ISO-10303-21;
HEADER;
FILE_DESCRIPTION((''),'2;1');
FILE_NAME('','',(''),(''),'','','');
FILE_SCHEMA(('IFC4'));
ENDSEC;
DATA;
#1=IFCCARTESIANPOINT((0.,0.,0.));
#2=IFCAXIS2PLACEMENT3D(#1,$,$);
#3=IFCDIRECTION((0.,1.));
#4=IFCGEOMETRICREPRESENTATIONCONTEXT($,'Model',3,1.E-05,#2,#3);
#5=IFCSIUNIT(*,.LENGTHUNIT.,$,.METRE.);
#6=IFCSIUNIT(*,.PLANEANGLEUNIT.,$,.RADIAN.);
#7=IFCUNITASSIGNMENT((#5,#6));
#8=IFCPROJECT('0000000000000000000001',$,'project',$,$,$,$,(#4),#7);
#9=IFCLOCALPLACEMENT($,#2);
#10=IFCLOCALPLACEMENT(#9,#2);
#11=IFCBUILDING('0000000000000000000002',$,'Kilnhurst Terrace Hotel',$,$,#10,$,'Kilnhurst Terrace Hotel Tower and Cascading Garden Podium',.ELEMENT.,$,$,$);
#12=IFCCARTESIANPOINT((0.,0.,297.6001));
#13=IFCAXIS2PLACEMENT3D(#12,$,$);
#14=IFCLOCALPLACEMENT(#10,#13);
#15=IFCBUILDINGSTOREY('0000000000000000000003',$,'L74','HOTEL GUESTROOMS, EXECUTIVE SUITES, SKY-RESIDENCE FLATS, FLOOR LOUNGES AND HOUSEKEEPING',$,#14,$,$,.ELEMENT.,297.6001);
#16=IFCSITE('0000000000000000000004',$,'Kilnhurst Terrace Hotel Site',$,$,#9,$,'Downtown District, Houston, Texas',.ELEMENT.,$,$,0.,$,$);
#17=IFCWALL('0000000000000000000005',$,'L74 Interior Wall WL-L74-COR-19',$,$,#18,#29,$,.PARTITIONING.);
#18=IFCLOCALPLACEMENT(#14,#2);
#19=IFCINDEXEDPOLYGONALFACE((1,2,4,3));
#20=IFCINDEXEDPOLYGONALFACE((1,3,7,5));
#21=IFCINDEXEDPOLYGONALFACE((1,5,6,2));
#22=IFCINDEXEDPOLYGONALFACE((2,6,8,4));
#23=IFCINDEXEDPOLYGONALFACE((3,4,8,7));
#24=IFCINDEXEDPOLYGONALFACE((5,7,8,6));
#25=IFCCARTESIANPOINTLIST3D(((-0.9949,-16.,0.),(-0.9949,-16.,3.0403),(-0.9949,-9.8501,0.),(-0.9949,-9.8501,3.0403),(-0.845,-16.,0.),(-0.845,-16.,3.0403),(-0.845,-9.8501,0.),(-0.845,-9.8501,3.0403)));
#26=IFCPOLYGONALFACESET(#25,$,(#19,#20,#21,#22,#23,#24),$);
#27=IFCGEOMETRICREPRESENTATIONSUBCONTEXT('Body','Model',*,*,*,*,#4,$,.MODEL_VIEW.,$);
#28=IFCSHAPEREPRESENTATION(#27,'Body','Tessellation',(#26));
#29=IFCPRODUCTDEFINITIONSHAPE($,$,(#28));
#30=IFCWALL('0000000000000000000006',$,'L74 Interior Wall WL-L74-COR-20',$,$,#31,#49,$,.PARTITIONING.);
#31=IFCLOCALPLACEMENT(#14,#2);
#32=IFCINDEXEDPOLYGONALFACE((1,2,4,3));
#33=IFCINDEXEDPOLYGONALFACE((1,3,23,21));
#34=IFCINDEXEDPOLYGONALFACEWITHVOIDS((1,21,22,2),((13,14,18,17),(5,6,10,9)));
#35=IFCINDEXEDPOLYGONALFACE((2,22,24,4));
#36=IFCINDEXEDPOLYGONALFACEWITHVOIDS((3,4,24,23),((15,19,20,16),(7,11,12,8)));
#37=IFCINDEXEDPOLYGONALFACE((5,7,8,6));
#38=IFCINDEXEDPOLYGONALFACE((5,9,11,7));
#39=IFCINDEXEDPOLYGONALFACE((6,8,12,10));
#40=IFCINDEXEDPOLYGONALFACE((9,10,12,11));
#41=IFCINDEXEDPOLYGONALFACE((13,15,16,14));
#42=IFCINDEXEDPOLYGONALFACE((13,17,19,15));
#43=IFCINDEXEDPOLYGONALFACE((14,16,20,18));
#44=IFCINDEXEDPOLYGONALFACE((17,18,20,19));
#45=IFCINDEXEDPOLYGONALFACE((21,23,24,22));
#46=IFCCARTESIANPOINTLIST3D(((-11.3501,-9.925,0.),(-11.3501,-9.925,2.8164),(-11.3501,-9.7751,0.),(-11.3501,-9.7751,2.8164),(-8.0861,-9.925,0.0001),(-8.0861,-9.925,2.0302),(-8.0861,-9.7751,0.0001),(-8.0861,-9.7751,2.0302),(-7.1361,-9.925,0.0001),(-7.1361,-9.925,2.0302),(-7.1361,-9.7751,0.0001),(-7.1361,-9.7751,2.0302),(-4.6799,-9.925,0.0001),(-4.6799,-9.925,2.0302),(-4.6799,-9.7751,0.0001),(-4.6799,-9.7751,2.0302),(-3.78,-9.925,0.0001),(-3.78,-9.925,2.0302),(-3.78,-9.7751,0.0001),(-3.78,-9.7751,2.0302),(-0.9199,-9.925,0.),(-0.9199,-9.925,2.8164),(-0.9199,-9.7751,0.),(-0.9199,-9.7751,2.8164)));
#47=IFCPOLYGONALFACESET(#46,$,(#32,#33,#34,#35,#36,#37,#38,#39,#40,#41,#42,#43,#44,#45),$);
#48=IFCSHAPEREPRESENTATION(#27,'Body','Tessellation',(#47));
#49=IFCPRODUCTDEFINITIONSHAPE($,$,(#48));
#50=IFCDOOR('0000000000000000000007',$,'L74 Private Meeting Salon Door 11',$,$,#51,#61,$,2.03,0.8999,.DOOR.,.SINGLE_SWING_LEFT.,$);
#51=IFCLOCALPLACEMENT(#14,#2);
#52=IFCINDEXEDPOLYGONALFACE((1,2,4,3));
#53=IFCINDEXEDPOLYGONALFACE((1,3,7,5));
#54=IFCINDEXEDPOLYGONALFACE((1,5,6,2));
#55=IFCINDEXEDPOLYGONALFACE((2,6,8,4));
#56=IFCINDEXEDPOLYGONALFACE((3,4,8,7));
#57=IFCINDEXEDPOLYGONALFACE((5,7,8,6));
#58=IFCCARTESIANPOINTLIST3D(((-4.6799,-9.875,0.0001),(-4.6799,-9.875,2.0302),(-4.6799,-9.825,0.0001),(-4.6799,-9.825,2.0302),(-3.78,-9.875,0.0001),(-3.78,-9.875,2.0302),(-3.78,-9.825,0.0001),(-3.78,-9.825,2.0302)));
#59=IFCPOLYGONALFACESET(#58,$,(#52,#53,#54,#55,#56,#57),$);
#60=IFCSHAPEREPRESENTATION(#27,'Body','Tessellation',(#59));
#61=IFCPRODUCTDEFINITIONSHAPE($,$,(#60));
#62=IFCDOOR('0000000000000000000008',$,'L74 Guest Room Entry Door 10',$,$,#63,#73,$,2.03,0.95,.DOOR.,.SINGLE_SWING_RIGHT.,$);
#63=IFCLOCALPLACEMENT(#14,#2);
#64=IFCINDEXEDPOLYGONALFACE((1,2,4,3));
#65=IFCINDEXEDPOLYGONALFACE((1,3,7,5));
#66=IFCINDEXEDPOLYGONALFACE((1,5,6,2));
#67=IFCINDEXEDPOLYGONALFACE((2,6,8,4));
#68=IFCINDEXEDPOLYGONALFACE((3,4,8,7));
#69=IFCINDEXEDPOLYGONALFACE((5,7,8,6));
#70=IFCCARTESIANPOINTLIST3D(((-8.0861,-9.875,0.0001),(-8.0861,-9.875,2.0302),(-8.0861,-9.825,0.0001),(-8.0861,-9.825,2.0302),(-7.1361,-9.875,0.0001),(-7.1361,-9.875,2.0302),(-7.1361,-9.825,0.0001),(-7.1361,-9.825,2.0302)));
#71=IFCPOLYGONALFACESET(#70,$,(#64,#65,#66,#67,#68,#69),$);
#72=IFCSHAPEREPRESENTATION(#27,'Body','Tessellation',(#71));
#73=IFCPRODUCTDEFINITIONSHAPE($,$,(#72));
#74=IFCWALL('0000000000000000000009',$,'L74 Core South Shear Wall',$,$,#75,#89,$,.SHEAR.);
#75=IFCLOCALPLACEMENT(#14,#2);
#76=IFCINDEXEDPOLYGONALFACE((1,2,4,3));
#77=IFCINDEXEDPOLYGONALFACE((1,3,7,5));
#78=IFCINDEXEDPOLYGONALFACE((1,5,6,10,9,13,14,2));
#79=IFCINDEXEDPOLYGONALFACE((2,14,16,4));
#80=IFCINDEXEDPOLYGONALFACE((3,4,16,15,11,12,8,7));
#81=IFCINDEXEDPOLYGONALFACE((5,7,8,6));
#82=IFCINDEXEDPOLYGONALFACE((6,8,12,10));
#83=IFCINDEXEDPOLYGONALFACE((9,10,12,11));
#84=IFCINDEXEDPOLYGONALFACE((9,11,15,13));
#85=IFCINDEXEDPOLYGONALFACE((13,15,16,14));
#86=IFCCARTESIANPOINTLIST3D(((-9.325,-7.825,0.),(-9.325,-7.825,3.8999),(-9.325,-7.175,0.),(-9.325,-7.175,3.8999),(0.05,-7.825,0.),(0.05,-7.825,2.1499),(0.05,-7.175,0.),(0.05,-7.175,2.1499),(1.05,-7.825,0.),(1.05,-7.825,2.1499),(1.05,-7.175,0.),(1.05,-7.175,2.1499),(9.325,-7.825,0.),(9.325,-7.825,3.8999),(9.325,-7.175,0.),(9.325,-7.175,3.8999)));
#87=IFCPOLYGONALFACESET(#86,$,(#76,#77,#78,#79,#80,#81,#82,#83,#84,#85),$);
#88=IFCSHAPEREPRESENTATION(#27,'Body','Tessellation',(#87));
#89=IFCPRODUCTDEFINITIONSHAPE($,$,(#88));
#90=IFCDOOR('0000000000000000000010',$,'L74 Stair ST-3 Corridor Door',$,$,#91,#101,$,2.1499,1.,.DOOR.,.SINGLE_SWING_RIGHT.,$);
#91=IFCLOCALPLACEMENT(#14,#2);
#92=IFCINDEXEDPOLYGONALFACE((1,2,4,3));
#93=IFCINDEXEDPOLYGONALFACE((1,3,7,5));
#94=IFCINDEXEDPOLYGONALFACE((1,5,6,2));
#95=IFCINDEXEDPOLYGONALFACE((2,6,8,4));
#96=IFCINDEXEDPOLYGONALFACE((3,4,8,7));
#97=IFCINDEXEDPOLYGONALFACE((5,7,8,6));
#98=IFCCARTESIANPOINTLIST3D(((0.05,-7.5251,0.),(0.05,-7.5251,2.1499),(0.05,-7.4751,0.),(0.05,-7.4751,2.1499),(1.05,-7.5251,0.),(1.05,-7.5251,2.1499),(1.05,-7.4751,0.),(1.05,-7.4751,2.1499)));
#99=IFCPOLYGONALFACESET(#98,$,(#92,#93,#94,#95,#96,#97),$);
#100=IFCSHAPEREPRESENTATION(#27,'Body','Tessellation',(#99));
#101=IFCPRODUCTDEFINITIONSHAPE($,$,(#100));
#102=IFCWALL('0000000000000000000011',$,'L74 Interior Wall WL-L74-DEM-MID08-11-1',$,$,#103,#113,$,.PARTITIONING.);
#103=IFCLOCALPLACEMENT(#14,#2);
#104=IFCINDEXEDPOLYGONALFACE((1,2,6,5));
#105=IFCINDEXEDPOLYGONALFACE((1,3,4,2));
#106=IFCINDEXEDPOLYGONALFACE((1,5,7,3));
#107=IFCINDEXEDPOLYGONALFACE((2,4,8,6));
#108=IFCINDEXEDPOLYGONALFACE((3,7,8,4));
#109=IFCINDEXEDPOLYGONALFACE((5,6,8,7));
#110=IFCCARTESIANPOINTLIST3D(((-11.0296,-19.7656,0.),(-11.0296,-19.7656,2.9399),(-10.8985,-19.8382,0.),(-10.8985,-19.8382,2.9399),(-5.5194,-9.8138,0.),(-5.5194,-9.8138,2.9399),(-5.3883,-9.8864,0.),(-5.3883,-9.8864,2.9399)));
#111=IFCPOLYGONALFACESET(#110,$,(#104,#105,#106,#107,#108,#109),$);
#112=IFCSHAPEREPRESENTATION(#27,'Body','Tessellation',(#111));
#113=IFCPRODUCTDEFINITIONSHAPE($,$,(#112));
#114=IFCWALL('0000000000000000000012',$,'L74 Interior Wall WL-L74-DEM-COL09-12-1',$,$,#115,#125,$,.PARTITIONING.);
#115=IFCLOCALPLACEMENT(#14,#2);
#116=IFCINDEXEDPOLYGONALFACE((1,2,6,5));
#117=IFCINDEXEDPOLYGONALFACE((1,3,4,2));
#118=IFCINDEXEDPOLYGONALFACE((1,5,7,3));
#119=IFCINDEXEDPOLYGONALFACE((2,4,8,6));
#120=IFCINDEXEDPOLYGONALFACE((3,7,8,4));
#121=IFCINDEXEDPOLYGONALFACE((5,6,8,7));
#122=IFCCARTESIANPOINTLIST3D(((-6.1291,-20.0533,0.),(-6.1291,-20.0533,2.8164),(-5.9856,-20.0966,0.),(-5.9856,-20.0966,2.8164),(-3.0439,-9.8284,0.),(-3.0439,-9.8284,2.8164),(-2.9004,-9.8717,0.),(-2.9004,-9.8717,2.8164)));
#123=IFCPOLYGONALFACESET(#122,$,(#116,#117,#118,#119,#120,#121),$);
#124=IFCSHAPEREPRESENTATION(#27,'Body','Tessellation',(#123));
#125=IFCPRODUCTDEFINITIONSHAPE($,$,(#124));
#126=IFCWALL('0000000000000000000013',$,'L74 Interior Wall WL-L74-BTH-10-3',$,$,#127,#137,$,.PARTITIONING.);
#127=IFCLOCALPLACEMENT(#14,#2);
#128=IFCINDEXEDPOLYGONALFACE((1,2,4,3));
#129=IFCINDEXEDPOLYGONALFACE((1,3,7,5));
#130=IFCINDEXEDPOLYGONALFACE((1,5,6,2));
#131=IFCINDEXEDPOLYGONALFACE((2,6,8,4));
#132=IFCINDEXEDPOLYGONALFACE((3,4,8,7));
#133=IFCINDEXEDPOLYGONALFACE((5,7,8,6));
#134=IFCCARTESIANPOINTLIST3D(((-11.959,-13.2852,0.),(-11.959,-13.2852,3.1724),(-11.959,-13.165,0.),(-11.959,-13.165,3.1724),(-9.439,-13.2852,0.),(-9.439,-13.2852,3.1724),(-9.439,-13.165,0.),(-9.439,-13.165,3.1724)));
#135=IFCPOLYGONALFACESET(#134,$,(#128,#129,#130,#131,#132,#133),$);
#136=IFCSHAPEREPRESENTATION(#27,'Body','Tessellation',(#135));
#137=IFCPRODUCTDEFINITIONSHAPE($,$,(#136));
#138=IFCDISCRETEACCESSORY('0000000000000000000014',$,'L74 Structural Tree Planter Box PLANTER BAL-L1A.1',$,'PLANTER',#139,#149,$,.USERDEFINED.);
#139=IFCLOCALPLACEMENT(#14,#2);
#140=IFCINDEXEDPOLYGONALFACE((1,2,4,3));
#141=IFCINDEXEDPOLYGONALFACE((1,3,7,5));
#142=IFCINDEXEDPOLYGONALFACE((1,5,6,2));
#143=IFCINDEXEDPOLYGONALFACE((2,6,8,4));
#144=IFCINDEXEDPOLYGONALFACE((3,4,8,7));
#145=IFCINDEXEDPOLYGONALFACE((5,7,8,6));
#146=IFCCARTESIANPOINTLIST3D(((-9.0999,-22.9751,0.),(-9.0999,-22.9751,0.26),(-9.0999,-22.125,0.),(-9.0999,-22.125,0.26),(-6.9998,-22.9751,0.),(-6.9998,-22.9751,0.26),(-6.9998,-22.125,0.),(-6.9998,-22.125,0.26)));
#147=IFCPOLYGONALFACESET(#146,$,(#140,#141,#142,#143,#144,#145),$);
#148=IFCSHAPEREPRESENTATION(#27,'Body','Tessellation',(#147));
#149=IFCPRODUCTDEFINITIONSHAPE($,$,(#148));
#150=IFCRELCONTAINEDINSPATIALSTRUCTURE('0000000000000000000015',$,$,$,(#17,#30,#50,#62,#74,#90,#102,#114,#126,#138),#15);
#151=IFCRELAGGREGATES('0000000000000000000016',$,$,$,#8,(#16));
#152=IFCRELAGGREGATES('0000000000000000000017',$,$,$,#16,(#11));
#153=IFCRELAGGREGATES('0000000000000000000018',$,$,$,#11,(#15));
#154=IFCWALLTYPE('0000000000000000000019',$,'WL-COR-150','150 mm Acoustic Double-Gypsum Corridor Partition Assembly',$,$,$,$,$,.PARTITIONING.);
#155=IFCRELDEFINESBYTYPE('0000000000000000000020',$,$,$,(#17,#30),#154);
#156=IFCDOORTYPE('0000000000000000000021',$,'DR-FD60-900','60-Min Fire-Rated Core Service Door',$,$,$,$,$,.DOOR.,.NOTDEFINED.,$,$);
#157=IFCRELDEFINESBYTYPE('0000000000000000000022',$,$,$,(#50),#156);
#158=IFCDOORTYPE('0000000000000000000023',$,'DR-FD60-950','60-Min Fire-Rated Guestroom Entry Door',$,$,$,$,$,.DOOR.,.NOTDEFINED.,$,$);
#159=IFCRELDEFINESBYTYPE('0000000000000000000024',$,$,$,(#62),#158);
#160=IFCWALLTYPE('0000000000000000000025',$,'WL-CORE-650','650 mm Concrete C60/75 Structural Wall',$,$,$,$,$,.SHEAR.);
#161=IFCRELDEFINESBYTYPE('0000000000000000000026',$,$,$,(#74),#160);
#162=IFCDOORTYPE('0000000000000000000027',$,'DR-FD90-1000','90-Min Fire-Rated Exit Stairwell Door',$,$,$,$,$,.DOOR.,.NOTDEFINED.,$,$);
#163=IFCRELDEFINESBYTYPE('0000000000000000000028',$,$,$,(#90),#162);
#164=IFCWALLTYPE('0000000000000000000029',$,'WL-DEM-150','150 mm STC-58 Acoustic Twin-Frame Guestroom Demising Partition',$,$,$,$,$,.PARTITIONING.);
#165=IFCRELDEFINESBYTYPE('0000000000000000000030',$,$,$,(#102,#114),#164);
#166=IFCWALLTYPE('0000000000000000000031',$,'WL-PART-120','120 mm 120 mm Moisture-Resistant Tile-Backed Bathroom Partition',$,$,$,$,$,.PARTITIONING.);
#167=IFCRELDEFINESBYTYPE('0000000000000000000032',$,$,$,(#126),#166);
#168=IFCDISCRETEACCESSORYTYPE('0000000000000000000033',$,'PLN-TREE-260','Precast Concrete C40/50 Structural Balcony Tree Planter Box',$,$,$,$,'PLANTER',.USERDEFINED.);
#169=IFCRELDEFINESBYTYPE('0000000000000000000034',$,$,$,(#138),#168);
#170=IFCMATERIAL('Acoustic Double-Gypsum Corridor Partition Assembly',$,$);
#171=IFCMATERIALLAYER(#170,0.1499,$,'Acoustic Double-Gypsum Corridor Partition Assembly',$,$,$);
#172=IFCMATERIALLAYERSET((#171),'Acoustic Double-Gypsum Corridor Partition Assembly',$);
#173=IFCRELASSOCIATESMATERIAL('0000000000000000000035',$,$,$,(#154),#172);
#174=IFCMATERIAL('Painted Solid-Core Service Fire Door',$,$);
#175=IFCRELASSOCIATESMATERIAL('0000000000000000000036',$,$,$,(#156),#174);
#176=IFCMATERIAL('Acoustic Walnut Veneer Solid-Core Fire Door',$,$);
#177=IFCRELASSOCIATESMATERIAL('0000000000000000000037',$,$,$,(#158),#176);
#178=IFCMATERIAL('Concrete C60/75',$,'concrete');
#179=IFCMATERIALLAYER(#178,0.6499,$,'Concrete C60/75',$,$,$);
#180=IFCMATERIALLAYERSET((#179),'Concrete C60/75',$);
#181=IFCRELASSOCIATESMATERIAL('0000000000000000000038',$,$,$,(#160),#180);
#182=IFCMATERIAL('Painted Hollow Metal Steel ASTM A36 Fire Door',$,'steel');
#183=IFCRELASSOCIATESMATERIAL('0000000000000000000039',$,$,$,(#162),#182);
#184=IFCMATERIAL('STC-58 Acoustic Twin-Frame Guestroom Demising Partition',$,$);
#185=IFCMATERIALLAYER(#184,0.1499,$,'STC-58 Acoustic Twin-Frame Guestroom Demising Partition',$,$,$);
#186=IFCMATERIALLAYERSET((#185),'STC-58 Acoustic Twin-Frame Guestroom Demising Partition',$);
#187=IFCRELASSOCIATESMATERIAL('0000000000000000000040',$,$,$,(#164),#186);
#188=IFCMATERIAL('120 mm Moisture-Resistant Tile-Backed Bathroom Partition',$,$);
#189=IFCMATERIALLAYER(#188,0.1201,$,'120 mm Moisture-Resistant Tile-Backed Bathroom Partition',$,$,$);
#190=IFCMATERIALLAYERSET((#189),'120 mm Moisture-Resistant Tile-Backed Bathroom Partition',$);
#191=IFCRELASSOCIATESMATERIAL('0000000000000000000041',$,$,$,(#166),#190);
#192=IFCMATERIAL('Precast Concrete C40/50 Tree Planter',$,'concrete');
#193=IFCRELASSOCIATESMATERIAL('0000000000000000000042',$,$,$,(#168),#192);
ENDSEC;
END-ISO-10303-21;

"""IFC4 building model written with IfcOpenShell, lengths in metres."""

from ifc_helpers import new_model, si_unit, direction, frame, frame_2d, origin, origin_2d, place, context, subcontext, project, spatial, rectangle, extrude, material, layer, layer_set, type_object, element, fill, save


model = new_model("IFC4")

# Units and contexts
model_context = context("Model", 3, precision=1e-05, world=origin(), true_north=direction((0.0, 1.0)))
body_context = subcontext(model_context, "Body", "Model", "MODEL_VIEW")
ifc_project = project(units=[si_unit("LENGTHUNIT", "METRE"), si_unit("PLANEANGLEUNIT", "RADIAN")], contexts=[model_context])

# Site, building, storey
site_placement = place(None, origin())
site = spatial("IfcSite", under=ifc_project, at=site_placement, Name="Kilnhurst Terrace Hotel Site", LongName="Downtown District, Houston, Texas", CompositionType="ELEMENT", RefElevation=0.0)
building_placement = place(site_placement, origin())
building = spatial("IfcBuilding", under=site, at=building_placement, Name="Kilnhurst Terrace Hotel", LongName="Kilnhurst Terrace Hotel Tower and Cascading Garden Podium", CompositionType="ELEMENT")
storey_placement = place(building_placement, frame((0.0, 0.0, 297.6001)))
storey = spatial("IfcBuildingStorey", under=building, at=storey_placement, Name="L74", Description="HOTEL GUESTROOMS, EXECUTIVE SUITES, SKY-RESIDENCE FLATS, FLOOR LOUNGES AND HOUSEKEEPING", CompositionType="ELEMENT", Elevation=297.6001)

# Shared definitions
ifc_material_1 = material(Name="Concrete C60/75", Category="concrete")

# Wall
ifc_material_2 = material(Name="Acoustic Double-Gypsum Corridor Partition Assembly")
ifc_layer_1 = layer(ifc_material_2, 0.1499, Name="Acoustic Double-Gypsum Corridor Partition Assembly")
ifc_layer_set_1 = layer_set([ifc_layer_1], Name="Acoustic Double-Gypsum Corridor Partition Assembly")
wall_type_1 = type_object("IfcWallType", Name="WL-COR-150", Description="150 mm Acoustic Double-Gypsum Corridor Partition Assembly", PredefinedType="PARTITIONING", material=ifc_layer_set_1)
wall_1_placement = place(storey_placement, frame((-0.9199, -16.0, 0.0), z_axis=(0.0, 0.0, 1.0), x_axis=(0.0, 1.0, 0.0)))
element("IfcWall", 1, at=wall_1_placement, inside=storey, type_object=wall_type_1, Name="L74 Interior Wall WL-L74-COR-19", PredefinedType="PARTITIONING", context=body_context, shape_type="SweptSolid", body=[
    extrude(rectangle(XDim=6.1499, YDim=0.1499, at=frame_2d((3.075, 0.0))), origin(), (0.0, 0.0, 1.0), 3.0403),
])

# Wall, openings, doors
wall_2_placement = place(storey_placement, frame((-0.9199, -9.8501, 0.0), z_axis=(0.0, 0.0, 1.0), x_axis=(-1.0, 0.0, 0.0)))
wall_2 = element("IfcWall", 2, at=wall_2_placement, inside=storey, type_object=wall_type_1, Name="L74 Interior Wall WL-L74-COR-20", PredefinedType="PARTITIONING", context=body_context, shape_type="SweptSolid", body=[
    extrude(rectangle(XDim=10.4302, YDim=0.1499, at=frame_2d((5.2151, 0.0))), origin(), (0.0, 0.0, 1.0), 2.8164),
])
opening_1_placement = place(wall_2_placement, frame((6.2161, 0.0, 0.0)))
opening_1 = element("IfcOpeningElement", 3, at=opening_1_placement, cuts=wall_2, PredefinedType="OPENING", context=body_context, shape_type="SweptSolid", body=[
    extrude(rectangle(XDim=0.95, YDim=2.03, at=frame_2d((0.4751, 1.0151))), frame((0.0, 0.085, 0.0), z_axis=(0.0, -1.0, 0.0), x_axis=(1.0, 0.0, 0.0)), (0.0, 0.0, 1.0), 0.1699),
])
opening_2_placement = place(wall_2_placement, frame((2.8601, 0.0, 0.0)))
opening_2 = element("IfcOpeningElement", 4, at=opening_2_placement, cuts=wall_2, PredefinedType="OPENING", context=body_context, shape_type="SweptSolid", body=[
    extrude(rectangle(XDim=0.8999, YDim=2.03, at=frame_2d((0.45, 1.0151))), frame((0.0, 0.085, 0.0), z_axis=(0.0, -1.0, 0.0), x_axis=(1.0, 0.0, 0.0)), (0.0, 0.0, 1.0), 0.1699),
])
ifc_material_3 = material(Name="Painted Solid-Core Service Fire Door")
door_type_1 = type_object("IfcDoorType", Name="DR-FD60-900", Description="60-Min Fire-Rated Core Service Door", OperationType="NOTDEFINED", PredefinedType="DOOR", material=ifc_material_3)
door_1_placement = place(opening_2_placement, origin())
door_1 = element("IfcDoor", 5, at=door_1_placement, inside=storey, type_object=door_type_1, Name="L74 Private Meeting Salon Door 11", OperationType="SINGLE_SWING_LEFT", OverallHeight=2.03, OverallWidth=0.8999, PredefinedType="DOOR", context=body_context, shape_type="SweptSolid", body=[
    extrude(rectangle(XDim=0.8999, YDim=2.03, at=frame_2d((0.45, 1.0151))), frame((0.0, 0.0249, 0.0), z_axis=(0.0, -1.0, 0.0), x_axis=(1.0, 0.0, 0.0)), (0.0, 0.0, 1.0), 0.05),
])
fill(opening_2, door_1)
ifc_material_4 = material(Name="Acoustic Walnut Veneer Solid-Core Fire Door")
door_type_2 = type_object("IfcDoorType", Name="DR-FD60-950", Description="60-Min Fire-Rated Guestroom Entry Door", OperationType="NOTDEFINED", PredefinedType="DOOR", material=ifc_material_4)
door_2_placement = place(opening_1_placement, origin())
door_2 = element("IfcDoor", 6, at=door_2_placement, inside=storey, type_object=door_type_2, Name="L74 Guest Room Entry Door 10", OperationType="SINGLE_SWING_RIGHT", OverallHeight=2.03, OverallWidth=0.95, PredefinedType="DOOR", context=body_context, shape_type="SweptSolid", body=[
    extrude(rectangle(XDim=0.95, YDim=2.03, at=frame_2d((0.4751, 1.0151))), frame((0.0, 0.0249, 0.0), z_axis=(0.0, -1.0, 0.0), x_axis=(1.0, 0.0, 0.0)), (0.0, 0.0, 1.0), 0.05),
])
fill(opening_1, door_2)

# Wall, opening, door
ifc_layer_2 = layer(ifc_material_1, 0.6499, Name="Concrete C60/75")
ifc_layer_set_2 = layer_set([ifc_layer_2], Name="Concrete C60/75")
wall_type_2 = type_object("IfcWallType", Name="WL-CORE-650", Description="650 mm Concrete C60/75 Structural Wall", PredefinedType="SHEAR", material=ifc_layer_set_2)
wall_3_placement = place(storey_placement, frame((-9.325, -7.5, 0.0), z_axis=(0.0, 0.0, 1.0), x_axis=(1.0, 0.0, 0.0)))
wall_3 = element("IfcWall", 7, at=wall_3_placement, inside=storey, type_object=wall_type_2, Name="L74 Core South Shear Wall", PredefinedType="SHEAR", context=body_context, shape_type="SweptSolid", body=[
    extrude(rectangle(XDim=18.6499, YDim=0.6499, at=frame_2d((9.325, 0.0))), origin(), (0.0, 0.0, 1.0), 3.8999),
])
opening_3_placement = place(wall_3_placement, frame((9.375, 0.0, 0.0)))
opening_3 = element("IfcOpeningElement", 8, at=opening_3_placement, cuts=wall_3, PredefinedType="OPENING", context=body_context, shape_type="SweptSolid", body=[
    extrude(rectangle(XDim=1.0, YDim=2.1499, at=frame_2d((0.5, 1.075))), frame((0.0, 0.335, 0.0), z_axis=(0.0, -1.0, 0.0), x_axis=(1.0, 0.0, 0.0)), (0.0, 0.0, 1.0), 0.6699),
])
ifc_material_5 = material(Name="Painted Hollow Metal Steel ASTM A36 Fire Door", Category="steel")
door_type_3 = type_object("IfcDoorType", Name="DR-FD90-1000", Description="90-Min Fire-Rated Exit Stairwell Door", OperationType="NOTDEFINED", PredefinedType="DOOR", material=ifc_material_5)
door_3_placement = place(opening_3_placement, origin())
door_3 = element("IfcDoor", 9, at=door_3_placement, inside=storey, type_object=door_type_3, Name="L74 Stair ST-3 Corridor Door", OperationType="SINGLE_SWING_RIGHT", OverallHeight=2.1499, OverallWidth=1.0, PredefinedType="DOOR", context=body_context, shape_type="SweptSolid", body=[
    extrude(rectangle(XDim=1.0, YDim=2.1499, at=frame_2d((0.5, 1.075))), frame((0.0, 0.0249, 0.0), z_axis=(0.0, -1.0, 0.0), x_axis=(1.0, 0.0, 0.0)), (0.0, 0.0, 1.0), 0.05),
])
fill(opening_3, door_3)

# Walls
ifc_material_6 = material(Name="STC-58 Acoustic Twin-Frame Guestroom Demising Partition")
ifc_layer_3 = layer(ifc_material_6, 0.1499, Name="STC-58 Acoustic Twin-Frame Guestroom Demising Partition")
ifc_layer_set_3 = layer_set([ifc_layer_3], Name="STC-58 Acoustic Twin-Frame Guestroom Demising Partition")
wall_type_3 = type_object("IfcWallType", Name="WL-DEM-150", Description="150 mm STC-58 Acoustic Twin-Frame Guestroom Demising Partition", PredefinedType="PARTITIONING", material=ifc_layer_set_3)
wall_4_placement = place(storey_placement, frame((-5.4539, -9.8501, 0.0), z_axis=(0.0, 0.0, 1.0), x_axis=(-0.484394, -0.87485, 0.0)))
element("IfcWall", 10, at=wall_4_placement, inside=storey, type_object=wall_type_3, Name="L74 Interior Wall WL-L74-DEM-MID08-11-1", PredefinedType="PARTITIONING", context=body_context, shape_type="SweptSolid", body=[
    extrude(rectangle(XDim=11.3755, YDim=0.1499, at=frame_2d((5.6877, 0.0))), origin(), (0.0, 0.0, 1.0), 2.9399),
])
wall_5_placement = place(storey_placement, frame((-2.9722, -9.8501, 0.0), z_axis=(0.0, 0.0, 1.0), x_axis=(-0.288872, -0.957368, 0.0)))
element("IfcWall", 11, at=wall_5_placement, inside=storey, type_object=wall_type_3, Name="L74 Interior Wall WL-L74-DEM-COL09-12-1", PredefinedType="PARTITIONING", context=body_context, shape_type="SweptSolid", body=[
    extrude(rectangle(XDim=10.6802, YDim=0.1499, at=frame_2d((5.3401, 0.0))), origin(), (0.0, 0.0, 1.0), 2.8164),
])
ifc_material_7 = material(Name="120 mm Moisture-Resistant Tile-Backed Bathroom Partition")
ifc_layer_4 = layer(ifc_material_7, 0.1201, Name="120 mm Moisture-Resistant Tile-Backed Bathroom Partition")
ifc_layer_set_4 = layer_set([ifc_layer_4], Name="120 mm Moisture-Resistant Tile-Backed Bathroom Partition")
wall_type_4 = type_object("IfcWallType", Name="WL-PART-120", Description="120 mm 120 mm Moisture-Resistant Tile-Backed Bathroom Partition", PredefinedType="PARTITIONING", material=ifc_layer_set_4)
wall_6_placement = place(storey_placement, frame((-9.439, -13.2251, 0.0), z_axis=(0.0, 0.0, 1.0), x_axis=(-1.0, 0.0, 0.0)))
element("IfcWall", 12, at=wall_6_placement, inside=storey, type_object=wall_type_4, Name="L74 Interior Wall WL-L74-BTH-10-3", PredefinedType="PARTITIONING", context=body_context, shape_type="SweptSolid", body=[
    extrude(rectangle(XDim=2.52, YDim=0.1201, at=frame_2d((1.26, 0.0))), origin(), (0.0, 0.0, 1.0), 3.1724),
])

# Discrete accessory
ifc_material_8 = material(Name="Precast Concrete C40/50 Tree Planter", Category="concrete")
discrete_accessory_type = type_object("IfcDiscreteAccessoryType", Name="PLN-TREE-260", Description="Precast Concrete C40/50 Structural Balcony Tree Planter Box", ElementType="PLANTER", PredefinedType="USERDEFINED", material=ifc_material_8)
discrete_accessory_placement = place(storey_placement, frame((-8.0498, -22.55, 0.0), z_axis=(0.0, 0.0, 1.0), x_axis=(1.0, 0.0, 0.0)))
element("IfcDiscreteAccessory", 13, at=discrete_accessory_placement, inside=storey, type_object=discrete_accessory_type, Name="L74 Structural Tree Planter Box PLANTER BAL-L1A.1", ObjectType="PLANTER", PredefinedType="USERDEFINED", context=body_context, shape_type="SweptSolid", body=[
    extrude(rectangle(XDim=2.1001, YDim=0.8501, at=origin_2d()), origin(), (0.0, 0.0, 1.0), 0.26),
])

save(model, "model.ifc")
